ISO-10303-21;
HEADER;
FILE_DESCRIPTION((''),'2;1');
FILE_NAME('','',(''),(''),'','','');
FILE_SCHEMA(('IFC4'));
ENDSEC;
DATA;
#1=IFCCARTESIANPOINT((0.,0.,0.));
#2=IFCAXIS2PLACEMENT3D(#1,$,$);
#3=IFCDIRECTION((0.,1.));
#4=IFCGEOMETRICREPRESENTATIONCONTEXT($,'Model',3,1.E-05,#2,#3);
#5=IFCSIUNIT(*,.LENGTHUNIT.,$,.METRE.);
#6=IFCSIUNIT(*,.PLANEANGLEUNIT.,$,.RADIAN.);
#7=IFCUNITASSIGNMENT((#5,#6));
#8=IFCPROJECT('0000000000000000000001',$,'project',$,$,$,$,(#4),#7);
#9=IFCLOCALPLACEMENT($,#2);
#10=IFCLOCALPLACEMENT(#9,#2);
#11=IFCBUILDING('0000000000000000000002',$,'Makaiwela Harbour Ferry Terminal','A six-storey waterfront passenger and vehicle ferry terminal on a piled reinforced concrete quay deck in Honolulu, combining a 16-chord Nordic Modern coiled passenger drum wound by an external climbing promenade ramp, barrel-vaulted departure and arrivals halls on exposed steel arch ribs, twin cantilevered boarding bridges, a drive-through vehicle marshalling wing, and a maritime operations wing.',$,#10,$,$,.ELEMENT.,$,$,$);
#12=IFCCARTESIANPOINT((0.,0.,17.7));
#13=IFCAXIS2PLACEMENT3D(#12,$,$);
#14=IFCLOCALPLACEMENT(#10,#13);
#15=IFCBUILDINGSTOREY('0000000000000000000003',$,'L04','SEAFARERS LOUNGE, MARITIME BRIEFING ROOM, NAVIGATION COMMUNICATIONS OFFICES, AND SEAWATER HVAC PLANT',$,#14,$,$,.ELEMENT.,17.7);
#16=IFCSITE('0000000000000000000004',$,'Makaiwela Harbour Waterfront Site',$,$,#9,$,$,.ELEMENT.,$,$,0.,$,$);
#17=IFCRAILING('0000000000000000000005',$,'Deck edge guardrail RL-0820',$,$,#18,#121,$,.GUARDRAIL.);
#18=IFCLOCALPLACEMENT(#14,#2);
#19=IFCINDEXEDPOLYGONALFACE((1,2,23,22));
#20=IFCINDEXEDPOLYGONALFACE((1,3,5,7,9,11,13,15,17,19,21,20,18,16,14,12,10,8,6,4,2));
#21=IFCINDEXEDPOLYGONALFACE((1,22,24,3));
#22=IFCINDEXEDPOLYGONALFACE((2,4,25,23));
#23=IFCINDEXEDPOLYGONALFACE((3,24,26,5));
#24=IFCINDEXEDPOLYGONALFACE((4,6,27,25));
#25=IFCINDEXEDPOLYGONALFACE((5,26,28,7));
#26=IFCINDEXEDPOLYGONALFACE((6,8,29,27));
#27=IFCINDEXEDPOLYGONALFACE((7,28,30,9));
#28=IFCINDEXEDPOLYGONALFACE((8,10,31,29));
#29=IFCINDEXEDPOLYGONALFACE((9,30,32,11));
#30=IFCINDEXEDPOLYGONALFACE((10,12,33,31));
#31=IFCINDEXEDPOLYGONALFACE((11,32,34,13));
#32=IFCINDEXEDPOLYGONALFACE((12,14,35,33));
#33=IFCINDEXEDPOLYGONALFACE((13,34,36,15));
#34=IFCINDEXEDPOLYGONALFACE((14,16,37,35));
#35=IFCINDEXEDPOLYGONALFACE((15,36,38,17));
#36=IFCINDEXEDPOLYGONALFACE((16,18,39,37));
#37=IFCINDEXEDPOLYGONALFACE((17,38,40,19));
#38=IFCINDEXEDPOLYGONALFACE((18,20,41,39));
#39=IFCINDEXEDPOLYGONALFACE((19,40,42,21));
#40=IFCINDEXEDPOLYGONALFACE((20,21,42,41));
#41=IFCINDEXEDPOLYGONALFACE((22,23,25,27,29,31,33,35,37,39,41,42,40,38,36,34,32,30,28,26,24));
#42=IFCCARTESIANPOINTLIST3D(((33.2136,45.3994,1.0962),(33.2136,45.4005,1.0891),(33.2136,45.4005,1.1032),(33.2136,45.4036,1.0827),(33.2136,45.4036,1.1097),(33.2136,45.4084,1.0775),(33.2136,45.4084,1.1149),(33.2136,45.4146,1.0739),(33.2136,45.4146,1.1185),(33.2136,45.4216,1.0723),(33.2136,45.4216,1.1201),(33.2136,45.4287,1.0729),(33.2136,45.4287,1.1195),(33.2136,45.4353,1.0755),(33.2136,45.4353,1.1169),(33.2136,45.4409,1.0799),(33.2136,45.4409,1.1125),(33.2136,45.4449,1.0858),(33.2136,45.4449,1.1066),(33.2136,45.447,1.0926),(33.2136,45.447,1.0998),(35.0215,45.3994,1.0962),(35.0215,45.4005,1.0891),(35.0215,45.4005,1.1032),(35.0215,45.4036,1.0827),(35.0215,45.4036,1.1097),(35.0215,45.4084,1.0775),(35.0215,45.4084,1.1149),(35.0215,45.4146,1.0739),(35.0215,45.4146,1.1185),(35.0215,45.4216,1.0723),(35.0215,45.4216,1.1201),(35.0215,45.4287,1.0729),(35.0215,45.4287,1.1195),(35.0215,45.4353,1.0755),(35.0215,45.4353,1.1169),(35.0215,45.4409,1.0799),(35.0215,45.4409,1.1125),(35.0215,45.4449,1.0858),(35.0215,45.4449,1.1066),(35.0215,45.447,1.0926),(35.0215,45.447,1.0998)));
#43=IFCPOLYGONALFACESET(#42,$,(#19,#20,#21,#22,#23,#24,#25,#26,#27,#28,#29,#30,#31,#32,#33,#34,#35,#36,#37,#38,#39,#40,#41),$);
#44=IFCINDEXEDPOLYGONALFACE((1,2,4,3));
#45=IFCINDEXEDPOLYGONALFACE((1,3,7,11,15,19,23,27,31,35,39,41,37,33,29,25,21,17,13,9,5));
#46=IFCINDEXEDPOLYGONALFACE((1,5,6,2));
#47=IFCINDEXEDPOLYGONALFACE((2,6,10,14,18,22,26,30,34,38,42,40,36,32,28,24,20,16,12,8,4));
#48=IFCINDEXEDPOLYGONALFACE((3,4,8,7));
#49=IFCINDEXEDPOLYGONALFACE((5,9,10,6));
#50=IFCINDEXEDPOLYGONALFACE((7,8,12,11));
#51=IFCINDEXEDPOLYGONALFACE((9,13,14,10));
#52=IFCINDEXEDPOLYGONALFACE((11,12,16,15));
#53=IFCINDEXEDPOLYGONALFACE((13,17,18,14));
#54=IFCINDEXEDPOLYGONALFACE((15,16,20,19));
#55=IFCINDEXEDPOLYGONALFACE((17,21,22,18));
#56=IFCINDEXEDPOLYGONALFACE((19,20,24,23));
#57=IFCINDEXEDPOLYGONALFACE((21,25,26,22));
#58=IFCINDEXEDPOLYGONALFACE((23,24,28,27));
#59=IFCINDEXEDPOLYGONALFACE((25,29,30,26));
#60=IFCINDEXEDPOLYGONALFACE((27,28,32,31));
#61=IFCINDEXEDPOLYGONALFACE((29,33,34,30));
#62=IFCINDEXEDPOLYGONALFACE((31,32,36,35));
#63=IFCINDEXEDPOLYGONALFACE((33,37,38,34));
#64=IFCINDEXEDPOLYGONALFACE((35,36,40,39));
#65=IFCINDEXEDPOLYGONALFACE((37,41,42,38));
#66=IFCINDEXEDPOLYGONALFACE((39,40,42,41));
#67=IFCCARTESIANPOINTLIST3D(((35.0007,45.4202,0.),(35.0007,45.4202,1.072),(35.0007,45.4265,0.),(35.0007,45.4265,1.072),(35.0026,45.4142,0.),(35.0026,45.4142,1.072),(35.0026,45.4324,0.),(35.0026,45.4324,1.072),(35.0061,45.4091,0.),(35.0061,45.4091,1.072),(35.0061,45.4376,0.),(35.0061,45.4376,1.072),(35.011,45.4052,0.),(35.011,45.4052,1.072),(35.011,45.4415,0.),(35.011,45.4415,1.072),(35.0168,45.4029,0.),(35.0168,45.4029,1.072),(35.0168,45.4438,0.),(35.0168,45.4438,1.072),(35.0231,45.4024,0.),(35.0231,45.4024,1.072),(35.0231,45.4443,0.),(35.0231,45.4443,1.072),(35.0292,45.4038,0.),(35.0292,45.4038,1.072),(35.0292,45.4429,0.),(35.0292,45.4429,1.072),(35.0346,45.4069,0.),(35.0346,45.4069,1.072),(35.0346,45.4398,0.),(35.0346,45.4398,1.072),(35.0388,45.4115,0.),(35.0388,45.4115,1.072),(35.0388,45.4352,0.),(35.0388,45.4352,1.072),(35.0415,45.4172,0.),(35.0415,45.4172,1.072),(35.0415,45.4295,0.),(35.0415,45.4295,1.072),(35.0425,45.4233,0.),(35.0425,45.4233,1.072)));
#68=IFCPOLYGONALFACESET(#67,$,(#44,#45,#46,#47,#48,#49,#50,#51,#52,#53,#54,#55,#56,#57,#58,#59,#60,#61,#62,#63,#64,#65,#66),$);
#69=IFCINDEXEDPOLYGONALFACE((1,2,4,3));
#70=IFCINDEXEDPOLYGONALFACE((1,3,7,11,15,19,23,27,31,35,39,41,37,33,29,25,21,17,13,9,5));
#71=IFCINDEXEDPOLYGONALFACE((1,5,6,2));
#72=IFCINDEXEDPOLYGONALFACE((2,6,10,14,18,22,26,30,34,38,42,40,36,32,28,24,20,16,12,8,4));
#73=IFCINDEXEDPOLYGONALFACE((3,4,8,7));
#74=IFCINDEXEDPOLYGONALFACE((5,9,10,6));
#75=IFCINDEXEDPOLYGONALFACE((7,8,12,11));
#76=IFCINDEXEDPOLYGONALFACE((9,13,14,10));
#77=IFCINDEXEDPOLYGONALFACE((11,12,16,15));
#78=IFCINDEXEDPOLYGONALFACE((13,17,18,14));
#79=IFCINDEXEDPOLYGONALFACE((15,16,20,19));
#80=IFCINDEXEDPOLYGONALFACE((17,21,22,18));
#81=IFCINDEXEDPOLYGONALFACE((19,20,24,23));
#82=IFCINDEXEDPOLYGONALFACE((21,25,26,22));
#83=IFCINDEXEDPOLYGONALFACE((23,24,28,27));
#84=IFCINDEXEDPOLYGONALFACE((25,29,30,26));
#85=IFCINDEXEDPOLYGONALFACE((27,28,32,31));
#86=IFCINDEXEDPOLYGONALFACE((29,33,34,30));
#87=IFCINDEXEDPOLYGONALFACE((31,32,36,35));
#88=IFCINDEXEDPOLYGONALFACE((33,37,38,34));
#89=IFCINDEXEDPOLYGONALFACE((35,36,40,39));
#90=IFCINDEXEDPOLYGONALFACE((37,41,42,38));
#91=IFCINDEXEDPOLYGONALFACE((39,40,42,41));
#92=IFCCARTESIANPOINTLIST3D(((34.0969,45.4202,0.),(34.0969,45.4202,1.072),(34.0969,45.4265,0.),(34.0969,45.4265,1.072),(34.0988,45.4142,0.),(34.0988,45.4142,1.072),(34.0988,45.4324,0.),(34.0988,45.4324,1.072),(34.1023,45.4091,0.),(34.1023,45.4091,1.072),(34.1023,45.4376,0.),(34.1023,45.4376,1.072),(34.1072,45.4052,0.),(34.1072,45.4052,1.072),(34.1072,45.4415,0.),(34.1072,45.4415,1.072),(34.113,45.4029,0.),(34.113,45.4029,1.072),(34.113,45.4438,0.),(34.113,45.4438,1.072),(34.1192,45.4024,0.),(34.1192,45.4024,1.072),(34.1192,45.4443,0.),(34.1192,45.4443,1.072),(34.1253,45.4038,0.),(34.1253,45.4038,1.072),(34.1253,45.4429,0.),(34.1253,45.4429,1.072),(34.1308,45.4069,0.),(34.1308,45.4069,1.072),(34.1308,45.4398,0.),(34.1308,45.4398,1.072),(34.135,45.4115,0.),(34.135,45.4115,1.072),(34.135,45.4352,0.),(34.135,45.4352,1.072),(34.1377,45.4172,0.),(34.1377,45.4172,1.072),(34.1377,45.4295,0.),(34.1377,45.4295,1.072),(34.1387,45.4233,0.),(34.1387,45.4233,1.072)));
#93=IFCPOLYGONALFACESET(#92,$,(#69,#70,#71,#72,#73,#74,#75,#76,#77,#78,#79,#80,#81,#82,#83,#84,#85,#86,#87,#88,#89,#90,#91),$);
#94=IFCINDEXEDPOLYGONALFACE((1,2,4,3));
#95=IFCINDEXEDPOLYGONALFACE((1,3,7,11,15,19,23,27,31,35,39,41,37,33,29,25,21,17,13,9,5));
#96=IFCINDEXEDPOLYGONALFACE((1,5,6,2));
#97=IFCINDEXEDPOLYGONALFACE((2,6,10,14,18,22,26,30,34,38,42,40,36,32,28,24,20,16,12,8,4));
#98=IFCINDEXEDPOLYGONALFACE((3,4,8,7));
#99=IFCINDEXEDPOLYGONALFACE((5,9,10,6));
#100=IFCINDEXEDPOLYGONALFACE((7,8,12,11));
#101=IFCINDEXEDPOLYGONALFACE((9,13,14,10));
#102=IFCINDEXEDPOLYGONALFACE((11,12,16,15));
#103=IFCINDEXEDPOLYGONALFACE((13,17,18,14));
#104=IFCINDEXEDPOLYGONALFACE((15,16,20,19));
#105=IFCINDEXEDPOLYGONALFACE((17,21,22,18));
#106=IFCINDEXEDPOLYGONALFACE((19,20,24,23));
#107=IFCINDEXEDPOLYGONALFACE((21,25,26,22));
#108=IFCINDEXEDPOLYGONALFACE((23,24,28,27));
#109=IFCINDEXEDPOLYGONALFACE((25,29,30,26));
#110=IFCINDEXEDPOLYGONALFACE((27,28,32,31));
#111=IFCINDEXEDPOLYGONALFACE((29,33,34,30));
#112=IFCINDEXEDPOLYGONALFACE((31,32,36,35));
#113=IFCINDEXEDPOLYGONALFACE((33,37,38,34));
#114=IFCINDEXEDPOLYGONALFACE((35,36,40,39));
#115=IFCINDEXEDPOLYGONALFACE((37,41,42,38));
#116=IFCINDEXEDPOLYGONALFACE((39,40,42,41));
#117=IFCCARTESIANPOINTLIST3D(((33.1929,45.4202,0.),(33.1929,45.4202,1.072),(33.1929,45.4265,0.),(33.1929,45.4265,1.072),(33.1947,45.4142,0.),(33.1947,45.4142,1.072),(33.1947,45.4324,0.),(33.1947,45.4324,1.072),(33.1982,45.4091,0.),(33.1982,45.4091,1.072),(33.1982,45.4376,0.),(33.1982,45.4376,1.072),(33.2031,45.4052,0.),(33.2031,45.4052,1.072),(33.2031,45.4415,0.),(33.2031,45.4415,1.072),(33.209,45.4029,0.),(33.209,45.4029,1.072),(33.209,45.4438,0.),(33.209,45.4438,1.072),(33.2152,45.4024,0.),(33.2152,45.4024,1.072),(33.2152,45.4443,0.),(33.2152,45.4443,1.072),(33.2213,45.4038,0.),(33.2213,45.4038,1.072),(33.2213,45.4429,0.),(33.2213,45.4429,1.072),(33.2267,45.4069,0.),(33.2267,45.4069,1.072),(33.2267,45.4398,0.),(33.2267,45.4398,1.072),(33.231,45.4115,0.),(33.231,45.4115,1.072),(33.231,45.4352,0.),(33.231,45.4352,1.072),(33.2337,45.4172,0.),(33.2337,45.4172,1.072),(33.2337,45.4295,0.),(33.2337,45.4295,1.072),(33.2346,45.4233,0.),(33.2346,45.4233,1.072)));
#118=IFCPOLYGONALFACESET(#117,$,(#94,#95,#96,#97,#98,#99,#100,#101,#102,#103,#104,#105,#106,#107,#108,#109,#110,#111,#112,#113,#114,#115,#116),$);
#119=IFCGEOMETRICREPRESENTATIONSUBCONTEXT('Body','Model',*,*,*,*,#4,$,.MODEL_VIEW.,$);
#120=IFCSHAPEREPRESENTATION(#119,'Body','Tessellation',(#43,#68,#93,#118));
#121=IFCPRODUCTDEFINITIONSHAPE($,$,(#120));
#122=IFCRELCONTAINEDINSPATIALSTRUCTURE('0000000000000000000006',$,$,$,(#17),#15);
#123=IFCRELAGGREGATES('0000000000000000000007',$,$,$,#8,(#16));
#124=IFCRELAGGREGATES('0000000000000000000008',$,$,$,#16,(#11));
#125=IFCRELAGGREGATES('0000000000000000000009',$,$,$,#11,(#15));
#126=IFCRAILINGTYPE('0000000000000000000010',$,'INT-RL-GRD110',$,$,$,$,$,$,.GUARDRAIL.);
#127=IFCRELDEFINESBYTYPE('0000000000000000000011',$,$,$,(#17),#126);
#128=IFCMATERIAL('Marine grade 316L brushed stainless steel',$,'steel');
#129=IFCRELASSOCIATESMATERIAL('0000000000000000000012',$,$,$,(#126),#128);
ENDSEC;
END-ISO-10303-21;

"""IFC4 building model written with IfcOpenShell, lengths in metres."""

from ifc_helpers import new_model, si_unit, direction, frame, origin, origin_2d, place, context, subcontext, project, spatial, circle, extrude, material, type_object, element, save


model = new_model("IFC4")

# Units and contexts
model_context = context("Model", 3, precision=1e-05, world=origin(), true_north=direction((0.0, 1.0)))
body_context = subcontext(model_context, "Body", "Model", "MODEL_VIEW")
ifc_project = project(units=[si_unit("LENGTHUNIT", "METRE"), si_unit("PLANEANGLEUNIT", "RADIAN")], contexts=[model_context])

# Site, building, storey
site_placement = place(None, origin())
site = spatial("IfcSite", under=ifc_project, at=site_placement, Name="Makaiwela Harbour Waterfront Site", CompositionType="ELEMENT", RefElevation=0.0)
building_placement = place(site_placement, origin())
building = spatial("IfcBuilding", under=site, at=building_placement, Name="Makaiwela Harbour Ferry Terminal", Description="A six-storey waterfront passenger and vehicle ferry terminal on a piled reinforced concrete quay deck in Honolulu, combining a 16-chord Nordic Modern coiled passenger drum wound by an external climbing promenade ramp, barrel-vaulted departure and arrivals halls on exposed steel arch ribs, twin cantilevered boarding bridges, a drive-through vehicle marshalling wing, and a maritime operations wing.", CompositionType="ELEMENT")
storey_placement = place(building_placement, frame((0.0, 0.0, 17.7)))
storey = spatial("IfcBuildingStorey", under=building, at=storey_placement, Name="L04", Description="SEAFARERS LOUNGE, MARITIME BRIEFING ROOM, NAVIGATION COMMUNICATIONS OFFICES, AND SEAWATER HVAC PLANT", CompositionType="ELEMENT", Elevation=17.7)

# Railing
ifc_material_1 = material(Name="Marine grade 316L brushed stainless steel", Category="steel")
railing_type = type_object("IfcRailingType", Name="INT-RL-GRD110", PredefinedType="GUARDRAIL", material=ifc_material_1)
railing_1_placement = place(storey_placement, frame((35.0215, 45.4233, 0.0)))
element("IfcRailing", 1, at=railing_1_placement, inside=storey, type_object=railing_type, Name="Deck edge guardrail RL-0820", PredefinedType="GUARDRAIL", context=body_context, shape_type="SweptSolid", body=[
    extrude(circle(Radius=0.0239, at=origin_2d()), frame((0.0, 0.0, 1.0962), z_axis=(-1.0, 0.0, 0.0), x_axis=(0.0, -1.0, 0.0)), (0.0, 0.0, 1.0), 1.8079),
    extrude(circle(Radius=0.021, at=origin_2d()), origin(), (0.0, 0.0, 1.0), 1.072),
    extrude(circle(Radius=0.021, at=origin_2d()), frame((-0.9038, 0.0, 0.0)), (0.0, 0.0, 1.0), 1.072),
    extrude(circle(Radius=0.021, at=origin_2d()), frame((-1.8079, 0.0, 0.0)), (0.0, 0.0, 1.0), 1.072),
])

save(model, "model.ifc")
